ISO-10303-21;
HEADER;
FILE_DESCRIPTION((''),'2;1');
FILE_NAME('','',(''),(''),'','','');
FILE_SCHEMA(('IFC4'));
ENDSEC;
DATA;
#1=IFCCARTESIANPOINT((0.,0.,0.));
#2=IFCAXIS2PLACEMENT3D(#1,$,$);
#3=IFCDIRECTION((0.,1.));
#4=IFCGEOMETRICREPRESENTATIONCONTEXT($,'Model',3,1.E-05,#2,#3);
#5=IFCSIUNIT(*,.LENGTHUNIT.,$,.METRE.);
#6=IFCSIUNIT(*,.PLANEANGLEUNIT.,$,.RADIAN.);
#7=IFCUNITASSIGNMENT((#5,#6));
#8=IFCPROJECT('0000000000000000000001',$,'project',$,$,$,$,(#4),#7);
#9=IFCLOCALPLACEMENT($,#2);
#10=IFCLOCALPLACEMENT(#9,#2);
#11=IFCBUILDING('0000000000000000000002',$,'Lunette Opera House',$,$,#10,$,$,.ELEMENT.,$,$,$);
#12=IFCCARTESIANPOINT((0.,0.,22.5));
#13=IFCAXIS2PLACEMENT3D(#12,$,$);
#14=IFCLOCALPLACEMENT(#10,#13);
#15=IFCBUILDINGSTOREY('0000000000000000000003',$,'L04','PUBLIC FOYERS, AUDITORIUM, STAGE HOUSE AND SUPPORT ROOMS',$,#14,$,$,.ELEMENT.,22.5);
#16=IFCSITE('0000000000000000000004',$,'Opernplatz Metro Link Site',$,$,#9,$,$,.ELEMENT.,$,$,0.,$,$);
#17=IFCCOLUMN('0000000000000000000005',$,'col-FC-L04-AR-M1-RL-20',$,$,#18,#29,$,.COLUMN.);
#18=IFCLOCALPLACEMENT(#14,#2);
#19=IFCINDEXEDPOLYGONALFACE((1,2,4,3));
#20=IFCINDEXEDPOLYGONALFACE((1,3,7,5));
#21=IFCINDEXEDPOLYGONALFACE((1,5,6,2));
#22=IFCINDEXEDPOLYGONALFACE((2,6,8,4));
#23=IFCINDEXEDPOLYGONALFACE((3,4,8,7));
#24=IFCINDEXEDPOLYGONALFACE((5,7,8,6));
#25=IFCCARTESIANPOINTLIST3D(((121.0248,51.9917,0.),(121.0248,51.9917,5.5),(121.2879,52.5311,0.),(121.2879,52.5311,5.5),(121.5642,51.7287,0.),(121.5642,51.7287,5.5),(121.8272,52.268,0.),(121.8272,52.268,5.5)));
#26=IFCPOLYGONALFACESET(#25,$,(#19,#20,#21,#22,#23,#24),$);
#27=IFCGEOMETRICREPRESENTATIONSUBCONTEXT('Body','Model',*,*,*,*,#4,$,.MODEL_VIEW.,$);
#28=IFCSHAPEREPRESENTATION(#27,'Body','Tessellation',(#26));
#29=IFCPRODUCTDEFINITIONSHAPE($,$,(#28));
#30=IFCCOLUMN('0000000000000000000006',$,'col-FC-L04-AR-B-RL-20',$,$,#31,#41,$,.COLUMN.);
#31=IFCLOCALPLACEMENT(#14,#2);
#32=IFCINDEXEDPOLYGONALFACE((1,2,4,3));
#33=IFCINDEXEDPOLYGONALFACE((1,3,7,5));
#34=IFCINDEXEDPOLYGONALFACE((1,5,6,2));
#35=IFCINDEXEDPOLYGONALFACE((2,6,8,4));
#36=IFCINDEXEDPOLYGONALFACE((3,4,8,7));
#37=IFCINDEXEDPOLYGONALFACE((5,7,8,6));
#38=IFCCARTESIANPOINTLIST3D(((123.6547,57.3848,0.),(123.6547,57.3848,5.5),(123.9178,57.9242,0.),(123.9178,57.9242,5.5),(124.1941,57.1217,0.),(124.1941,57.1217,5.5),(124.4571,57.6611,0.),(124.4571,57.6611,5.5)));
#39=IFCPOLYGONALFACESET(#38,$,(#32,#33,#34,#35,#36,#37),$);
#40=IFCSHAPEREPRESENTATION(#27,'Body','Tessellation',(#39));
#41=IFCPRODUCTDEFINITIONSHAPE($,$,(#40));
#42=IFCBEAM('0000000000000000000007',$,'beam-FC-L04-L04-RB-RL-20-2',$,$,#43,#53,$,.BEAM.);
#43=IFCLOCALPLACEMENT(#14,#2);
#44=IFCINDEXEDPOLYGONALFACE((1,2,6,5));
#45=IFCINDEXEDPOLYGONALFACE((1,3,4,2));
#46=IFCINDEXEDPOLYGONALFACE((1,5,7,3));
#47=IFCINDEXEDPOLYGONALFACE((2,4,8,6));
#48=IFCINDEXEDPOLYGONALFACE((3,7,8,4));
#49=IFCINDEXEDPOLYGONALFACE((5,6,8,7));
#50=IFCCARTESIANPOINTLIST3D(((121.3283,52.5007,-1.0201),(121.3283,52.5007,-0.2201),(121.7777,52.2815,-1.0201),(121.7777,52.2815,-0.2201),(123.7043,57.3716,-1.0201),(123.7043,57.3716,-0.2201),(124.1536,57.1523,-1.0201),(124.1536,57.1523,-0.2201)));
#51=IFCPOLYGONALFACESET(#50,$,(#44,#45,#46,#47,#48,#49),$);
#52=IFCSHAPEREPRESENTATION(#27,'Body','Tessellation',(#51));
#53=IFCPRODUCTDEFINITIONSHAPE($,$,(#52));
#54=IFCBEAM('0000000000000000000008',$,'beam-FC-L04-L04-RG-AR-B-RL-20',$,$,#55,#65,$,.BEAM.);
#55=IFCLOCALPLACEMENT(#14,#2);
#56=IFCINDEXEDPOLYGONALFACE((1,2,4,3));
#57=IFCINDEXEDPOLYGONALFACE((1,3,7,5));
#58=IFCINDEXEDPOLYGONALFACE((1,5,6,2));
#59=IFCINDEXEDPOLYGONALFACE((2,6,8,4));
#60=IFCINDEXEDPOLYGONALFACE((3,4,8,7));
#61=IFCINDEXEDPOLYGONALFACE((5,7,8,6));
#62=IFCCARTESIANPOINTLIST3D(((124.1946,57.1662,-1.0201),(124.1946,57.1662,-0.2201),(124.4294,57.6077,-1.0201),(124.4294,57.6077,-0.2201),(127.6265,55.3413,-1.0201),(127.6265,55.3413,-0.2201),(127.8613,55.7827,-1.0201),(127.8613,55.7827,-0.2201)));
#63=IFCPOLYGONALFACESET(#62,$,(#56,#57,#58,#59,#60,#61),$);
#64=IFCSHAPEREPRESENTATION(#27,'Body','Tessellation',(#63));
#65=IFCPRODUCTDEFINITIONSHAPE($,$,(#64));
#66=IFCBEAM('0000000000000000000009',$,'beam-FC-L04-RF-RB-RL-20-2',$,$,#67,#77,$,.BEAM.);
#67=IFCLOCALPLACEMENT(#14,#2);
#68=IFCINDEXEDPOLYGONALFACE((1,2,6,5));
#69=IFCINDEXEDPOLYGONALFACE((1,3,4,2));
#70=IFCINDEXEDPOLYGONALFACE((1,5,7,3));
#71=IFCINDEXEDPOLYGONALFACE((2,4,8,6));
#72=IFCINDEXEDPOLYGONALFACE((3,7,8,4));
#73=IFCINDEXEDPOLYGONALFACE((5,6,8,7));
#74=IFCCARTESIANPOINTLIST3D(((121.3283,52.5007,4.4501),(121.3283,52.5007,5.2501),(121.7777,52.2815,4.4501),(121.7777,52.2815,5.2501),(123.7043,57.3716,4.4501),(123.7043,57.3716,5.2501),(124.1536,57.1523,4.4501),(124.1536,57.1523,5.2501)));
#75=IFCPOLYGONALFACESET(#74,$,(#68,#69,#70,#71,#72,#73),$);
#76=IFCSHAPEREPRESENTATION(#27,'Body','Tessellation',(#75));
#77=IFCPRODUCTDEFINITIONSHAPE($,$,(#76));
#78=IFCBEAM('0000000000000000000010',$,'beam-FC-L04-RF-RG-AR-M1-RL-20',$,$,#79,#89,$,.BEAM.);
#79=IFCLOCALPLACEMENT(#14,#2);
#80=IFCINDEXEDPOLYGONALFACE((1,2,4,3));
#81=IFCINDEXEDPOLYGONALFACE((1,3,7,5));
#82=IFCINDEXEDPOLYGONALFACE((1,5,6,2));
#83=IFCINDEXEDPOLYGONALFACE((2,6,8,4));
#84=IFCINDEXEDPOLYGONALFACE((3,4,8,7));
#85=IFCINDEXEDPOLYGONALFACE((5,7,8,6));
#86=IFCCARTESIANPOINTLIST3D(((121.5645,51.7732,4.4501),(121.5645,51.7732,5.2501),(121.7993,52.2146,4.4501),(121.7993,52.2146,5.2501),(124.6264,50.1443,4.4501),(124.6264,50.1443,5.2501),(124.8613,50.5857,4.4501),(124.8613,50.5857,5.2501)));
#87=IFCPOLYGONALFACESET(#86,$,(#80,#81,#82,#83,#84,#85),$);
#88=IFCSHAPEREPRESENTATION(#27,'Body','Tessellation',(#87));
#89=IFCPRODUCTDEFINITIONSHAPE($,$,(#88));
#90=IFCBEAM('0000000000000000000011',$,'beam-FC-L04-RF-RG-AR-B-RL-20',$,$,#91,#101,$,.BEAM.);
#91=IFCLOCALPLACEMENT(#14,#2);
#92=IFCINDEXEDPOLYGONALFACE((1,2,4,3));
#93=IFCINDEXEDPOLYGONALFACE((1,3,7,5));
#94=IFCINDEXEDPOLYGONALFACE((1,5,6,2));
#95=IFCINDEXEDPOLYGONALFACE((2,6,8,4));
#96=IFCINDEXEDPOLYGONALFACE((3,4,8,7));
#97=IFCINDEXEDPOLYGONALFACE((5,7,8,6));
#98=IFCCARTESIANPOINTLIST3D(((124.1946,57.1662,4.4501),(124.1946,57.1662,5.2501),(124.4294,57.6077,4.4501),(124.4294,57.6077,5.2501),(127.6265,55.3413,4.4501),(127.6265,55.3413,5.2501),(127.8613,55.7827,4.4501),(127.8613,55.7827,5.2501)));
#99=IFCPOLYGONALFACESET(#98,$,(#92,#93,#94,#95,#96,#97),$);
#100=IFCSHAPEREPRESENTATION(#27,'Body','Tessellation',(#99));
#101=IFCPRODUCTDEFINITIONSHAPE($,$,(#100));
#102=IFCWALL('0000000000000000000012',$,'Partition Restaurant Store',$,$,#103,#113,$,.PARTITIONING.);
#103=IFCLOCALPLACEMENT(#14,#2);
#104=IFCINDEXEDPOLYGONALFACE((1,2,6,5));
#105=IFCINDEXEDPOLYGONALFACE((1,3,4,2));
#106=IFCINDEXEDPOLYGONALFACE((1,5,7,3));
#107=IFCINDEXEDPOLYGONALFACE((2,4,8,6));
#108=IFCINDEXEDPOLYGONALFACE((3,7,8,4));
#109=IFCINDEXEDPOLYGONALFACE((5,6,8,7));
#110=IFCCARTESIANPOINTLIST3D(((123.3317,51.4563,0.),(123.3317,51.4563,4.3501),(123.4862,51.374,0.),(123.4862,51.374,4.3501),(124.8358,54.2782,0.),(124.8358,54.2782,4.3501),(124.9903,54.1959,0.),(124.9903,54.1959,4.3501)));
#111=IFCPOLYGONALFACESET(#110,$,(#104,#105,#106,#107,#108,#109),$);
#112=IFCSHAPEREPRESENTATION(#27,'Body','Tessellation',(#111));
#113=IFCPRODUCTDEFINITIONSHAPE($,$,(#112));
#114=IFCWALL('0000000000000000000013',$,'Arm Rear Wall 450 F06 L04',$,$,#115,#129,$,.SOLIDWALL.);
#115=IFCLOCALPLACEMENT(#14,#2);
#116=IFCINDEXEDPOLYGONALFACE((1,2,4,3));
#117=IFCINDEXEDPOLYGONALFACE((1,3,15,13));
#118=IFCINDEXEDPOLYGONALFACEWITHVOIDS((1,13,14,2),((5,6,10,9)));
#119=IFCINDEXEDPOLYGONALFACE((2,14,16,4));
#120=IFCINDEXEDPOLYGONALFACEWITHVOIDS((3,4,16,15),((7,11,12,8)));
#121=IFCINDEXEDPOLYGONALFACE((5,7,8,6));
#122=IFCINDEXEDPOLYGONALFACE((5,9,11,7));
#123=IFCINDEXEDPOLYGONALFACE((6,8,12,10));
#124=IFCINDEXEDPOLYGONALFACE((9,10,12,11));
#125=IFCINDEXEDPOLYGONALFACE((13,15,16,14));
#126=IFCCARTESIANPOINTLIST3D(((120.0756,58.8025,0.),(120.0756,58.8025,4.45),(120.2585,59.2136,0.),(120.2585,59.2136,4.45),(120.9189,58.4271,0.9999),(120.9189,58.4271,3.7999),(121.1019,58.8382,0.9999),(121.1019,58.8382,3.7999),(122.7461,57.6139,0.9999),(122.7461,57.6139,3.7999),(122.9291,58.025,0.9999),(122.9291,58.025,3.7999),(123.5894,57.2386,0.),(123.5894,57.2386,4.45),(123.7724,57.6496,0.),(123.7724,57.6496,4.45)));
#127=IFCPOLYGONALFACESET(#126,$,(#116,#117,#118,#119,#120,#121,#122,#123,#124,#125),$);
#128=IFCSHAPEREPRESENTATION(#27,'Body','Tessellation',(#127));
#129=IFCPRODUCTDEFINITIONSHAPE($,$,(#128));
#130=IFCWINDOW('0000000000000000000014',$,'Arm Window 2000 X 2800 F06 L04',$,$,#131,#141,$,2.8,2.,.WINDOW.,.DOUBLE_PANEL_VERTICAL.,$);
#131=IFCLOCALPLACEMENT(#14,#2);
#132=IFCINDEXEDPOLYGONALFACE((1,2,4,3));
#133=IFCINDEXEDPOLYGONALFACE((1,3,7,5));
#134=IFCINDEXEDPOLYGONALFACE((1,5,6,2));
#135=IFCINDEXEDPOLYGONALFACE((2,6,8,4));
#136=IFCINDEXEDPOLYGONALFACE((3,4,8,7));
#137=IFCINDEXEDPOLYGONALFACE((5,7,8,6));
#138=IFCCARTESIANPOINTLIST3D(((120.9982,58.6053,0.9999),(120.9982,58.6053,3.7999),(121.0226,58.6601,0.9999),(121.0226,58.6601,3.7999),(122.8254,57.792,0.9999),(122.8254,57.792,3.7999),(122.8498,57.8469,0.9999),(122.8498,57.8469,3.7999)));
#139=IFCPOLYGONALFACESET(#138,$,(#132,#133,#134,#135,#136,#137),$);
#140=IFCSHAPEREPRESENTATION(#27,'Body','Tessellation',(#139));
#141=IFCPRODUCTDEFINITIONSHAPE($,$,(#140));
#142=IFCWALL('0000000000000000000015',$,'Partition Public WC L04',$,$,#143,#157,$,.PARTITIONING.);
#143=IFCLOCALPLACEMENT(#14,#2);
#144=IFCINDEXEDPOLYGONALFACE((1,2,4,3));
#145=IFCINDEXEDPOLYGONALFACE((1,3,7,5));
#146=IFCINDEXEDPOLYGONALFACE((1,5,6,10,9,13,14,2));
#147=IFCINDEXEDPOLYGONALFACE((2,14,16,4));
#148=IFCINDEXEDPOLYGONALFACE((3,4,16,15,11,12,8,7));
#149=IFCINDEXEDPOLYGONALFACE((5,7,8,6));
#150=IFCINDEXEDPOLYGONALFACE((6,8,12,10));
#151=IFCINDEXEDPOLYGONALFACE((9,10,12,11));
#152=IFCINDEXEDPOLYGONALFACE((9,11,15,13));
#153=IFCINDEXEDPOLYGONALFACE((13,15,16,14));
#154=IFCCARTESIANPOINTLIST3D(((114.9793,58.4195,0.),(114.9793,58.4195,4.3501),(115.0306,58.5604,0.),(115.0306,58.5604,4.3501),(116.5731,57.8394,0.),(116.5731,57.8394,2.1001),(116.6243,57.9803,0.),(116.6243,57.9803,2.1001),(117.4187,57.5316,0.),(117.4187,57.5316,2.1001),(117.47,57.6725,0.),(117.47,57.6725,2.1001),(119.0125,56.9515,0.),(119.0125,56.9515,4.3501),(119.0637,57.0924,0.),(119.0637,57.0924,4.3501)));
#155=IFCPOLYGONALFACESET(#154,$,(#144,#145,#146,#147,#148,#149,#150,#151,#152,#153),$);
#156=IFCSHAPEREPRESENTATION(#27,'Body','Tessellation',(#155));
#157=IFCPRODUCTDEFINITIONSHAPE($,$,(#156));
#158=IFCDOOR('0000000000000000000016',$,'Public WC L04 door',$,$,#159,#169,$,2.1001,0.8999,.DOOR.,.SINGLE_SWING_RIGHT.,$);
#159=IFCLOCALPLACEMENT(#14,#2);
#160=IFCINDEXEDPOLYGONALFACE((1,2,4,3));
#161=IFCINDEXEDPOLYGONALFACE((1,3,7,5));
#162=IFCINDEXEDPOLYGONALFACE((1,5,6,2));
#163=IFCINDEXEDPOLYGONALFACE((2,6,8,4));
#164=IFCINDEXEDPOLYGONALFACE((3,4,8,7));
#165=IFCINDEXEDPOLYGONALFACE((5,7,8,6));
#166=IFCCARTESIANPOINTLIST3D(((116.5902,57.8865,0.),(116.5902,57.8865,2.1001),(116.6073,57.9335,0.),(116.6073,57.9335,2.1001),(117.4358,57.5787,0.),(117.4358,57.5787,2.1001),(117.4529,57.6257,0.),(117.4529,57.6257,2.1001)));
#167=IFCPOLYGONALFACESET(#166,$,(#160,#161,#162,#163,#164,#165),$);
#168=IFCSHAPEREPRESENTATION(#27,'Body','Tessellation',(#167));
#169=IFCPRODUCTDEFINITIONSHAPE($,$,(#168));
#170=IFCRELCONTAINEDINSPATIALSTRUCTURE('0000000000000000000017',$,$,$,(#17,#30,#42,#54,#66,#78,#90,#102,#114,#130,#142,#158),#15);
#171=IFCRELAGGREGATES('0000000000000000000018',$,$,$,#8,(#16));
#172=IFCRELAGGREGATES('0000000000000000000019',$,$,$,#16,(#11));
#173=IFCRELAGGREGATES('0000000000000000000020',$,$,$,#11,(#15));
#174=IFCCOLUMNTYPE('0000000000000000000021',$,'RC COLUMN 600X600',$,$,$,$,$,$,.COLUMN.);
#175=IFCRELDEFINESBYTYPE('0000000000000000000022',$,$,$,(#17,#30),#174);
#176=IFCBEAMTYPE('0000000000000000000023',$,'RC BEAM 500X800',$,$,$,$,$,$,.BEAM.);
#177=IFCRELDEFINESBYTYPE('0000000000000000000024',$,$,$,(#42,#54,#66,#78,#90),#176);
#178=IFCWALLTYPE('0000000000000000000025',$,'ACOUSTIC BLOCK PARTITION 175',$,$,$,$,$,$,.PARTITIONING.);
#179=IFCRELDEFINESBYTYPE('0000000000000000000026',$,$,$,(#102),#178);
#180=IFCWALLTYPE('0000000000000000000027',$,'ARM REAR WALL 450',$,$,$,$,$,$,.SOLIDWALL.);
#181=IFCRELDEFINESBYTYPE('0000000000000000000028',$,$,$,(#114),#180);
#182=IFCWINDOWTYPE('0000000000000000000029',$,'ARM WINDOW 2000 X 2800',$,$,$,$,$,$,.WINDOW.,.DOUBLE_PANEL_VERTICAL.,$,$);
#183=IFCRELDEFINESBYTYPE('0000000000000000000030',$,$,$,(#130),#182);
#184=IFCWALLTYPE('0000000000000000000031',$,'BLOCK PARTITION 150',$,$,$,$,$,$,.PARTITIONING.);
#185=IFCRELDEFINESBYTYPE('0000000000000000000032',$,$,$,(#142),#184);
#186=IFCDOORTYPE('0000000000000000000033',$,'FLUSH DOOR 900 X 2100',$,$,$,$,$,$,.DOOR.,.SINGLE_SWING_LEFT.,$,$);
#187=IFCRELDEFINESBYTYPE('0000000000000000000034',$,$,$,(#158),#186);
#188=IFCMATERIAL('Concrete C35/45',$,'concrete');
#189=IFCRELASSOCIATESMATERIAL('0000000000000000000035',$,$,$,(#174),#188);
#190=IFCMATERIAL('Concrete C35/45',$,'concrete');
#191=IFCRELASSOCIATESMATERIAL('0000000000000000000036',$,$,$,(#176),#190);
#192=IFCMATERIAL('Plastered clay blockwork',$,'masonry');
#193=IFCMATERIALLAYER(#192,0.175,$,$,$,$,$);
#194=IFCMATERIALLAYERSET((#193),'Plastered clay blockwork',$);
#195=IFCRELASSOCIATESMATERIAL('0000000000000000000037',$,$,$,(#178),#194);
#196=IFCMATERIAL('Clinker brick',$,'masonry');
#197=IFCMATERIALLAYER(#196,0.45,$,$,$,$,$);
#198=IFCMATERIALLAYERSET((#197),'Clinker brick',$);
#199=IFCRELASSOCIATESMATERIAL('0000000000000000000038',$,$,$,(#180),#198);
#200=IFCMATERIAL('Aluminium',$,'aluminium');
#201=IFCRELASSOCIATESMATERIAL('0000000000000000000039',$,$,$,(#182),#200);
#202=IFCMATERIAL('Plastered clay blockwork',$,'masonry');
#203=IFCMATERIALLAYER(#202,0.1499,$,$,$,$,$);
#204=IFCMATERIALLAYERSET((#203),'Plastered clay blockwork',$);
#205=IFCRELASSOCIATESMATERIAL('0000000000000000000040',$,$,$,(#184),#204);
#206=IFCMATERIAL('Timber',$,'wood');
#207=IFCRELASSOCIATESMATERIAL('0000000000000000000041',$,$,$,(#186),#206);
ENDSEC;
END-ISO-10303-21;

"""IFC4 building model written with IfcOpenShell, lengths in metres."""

from ifc_helpers import new_model, si_unit, direction, frame, frame_2d, origin, origin_2d, place, context, subcontext, project, spatial, rectangle, extrude, material, layer, layer_set, material_profile, profile_set, type_object, element, fill, save


model = new_model("IFC4")

# Units and contexts
model_context = context("Model", 3, precision=1e-05, world=origin(), true_north=direction((0.0, 1.0)))
body_context = subcontext(model_context, "Body", "Model", "MODEL_VIEW")
ifc_project = project(units=[si_unit("LENGTHUNIT", "METRE"), si_unit("PLANEANGLEUNIT", "RADIAN")], contexts=[model_context])

# Site, building, storey
site_placement = place(None, origin())
site = spatial("IfcSite", under=ifc_project, at=site_placement, Name="Opernplatz Metro Link Site", CompositionType="ELEMENT", RefElevation=0.0)
building_placement = place(site_placement, origin())
building = spatial("IfcBuilding", under=site, at=building_placement, Name="Lunette Opera House", CompositionType="ELEMENT")
storey_placement = place(building_placement, frame((0.0, 0.0, 22.5)))
storey = spatial("IfcBuildingStorey", under=building, at=storey_placement, Name="L04", Description="PUBLIC FOYERS, AUDITORIUM, STAGE HOUSE AND SUPPORT ROOMS", CompositionType="ELEMENT", Elevation=22.5)

# Columns
ifc_material_1 = material(Name="Concrete C35/45", Category="concrete")
ifc_material_profile_1 = material_profile(ifc_material_1, rectangle(XDim=0.6001, YDim=0.6001, at=origin_2d()), Name="RC COLUMN 600X600")
ifc_profile_set_1 = profile_set([ifc_material_profile_1], Name="Concrete C35/45")
column_type = type_object("IfcColumnType", Name="RC COLUMN 600X600", PredefinedType="COLUMN", material=ifc_profile_set_1)
for number, where, z_axis, x_axis, name in (
    (1, (121.426, 52.1299, 0.0), (0.0, 0.0, 1.0), (0.898794, -0.438371, 0.0), "col-FC-L04-AR-M1-RL-20"),
    (2, (124.0559, 57.5229, 0.0), (0.0, 0.0, 1.0), (0.898794, -0.438371, 0.0), "col-FC-L04-AR-B-RL-20"),
):
    element("IfcColumn", number, at=place(storey_placement, frame(where, z_axis=z_axis, x_axis=x_axis)), inside=storey, type_object=column_type, Name=name, PredefinedType="COLUMN", context=body_context, shape_type="SweptSolid", body=[
        extrude(rectangle(XDim=0.6001, YDim=0.6001, at=origin_2d()), origin(), (0.0, 0.0, 1.0), 5.5),
    ])

# Beams
ifc_material_2 = material(Name="Concrete C35/45", Category="concrete")
ifc_material_profile_2 = material_profile(ifc_material_2, rectangle(XDim=0.5, YDim=0.8, at=origin_2d()), Name="RC BEAM 500X800")
ifc_profile_set_2 = profile_set([ifc_material_profile_2], Name="Concrete C35/45")
beam_type = type_object("IfcBeamType", Name="RC BEAM 500X800", PredefinedType="BEAM", material=ifc_profile_set_2)
beam_1_placement = place(storey_placement, frame((121.553, 52.3911, -0.6201), z_axis=(0.438417, 0.898772, 0.0), x_axis=(-0.898772, 0.438417, 0.0)))
element("IfcBeam", 3, at=beam_1_placement, inside=storey, type_object=beam_type, Name="beam-FC-L04-L04-RB-RL-20-2", PredefinedType="BEAM", context=body_context, shape_type="SweptSolid", body=[
    extrude(rectangle(XDim=0.5, YDim=0.8, at=origin_2d()), origin(), (0.0, 0.0, 1.0), 5.4194),
])
beam_2_placement = place(storey_placement, frame((124.312, 57.387, -0.6201), z_axis=(0.882928, -0.469509, 0.0), x_axis=(0.469509, 0.882928, 0.0)))
element("IfcBeam", 4, at=beam_2_placement, inside=storey, type_object=beam_type, Name="beam-FC-L04-L04-RG-AR-B-RL-20", PredefinedType="BEAM", context=body_context, shape_type="SweptSolid", body=[
    extrude(rectangle(XDim=0.5, YDim=0.8, at=origin_2d()), origin(), (0.0, 0.0, 1.0), 3.887),
])
beam_3_placement = place(storey_placement, frame((121.553, 52.3911, 4.8501), z_axis=(0.438417, 0.898772, 0.0), x_axis=(-0.898772, 0.438417, 0.0)))
element("IfcBeam", 5, at=beam_3_placement, inside=storey, type_object=beam_type, Name="beam-FC-L04-RF-RB-RL-20-2", PredefinedType="BEAM", context=body_context, shape_type="SweptSolid", body=[
    extrude(rectangle(XDim=0.5, YDim=0.8, at=origin_2d()), origin(), (0.0, 0.0, 1.0), 5.4194),
])
beam_4_placement = place(storey_placement, frame((121.6819, 51.9939, 4.8501), z_axis=(0.882851, -0.469653, 0.0), x_axis=(0.469653, 0.882851, 0.0)))
element("IfcBeam", 6, at=beam_4_placement, inside=storey, type_object=beam_type, Name="beam-FC-L04-RF-RG-AR-M1-RL-20", PredefinedType="BEAM", context=body_context, shape_type="SweptSolid", body=[
    extrude(rectangle(XDim=0.5, YDim=0.8, at=origin_2d()), origin(), (0.0, 0.0, 1.0), 3.4683),
])
beam_5_placement = place(storey_placement, frame((124.312, 57.387, 4.8501), z_axis=(0.882928, -0.469509, 0.0), x_axis=(0.469509, 0.882928, 0.0)))
element("IfcBeam", 7, at=beam_5_placement, inside=storey, type_object=beam_type, Name="beam-FC-L04-RF-RG-AR-B-RL-20", PredefinedType="BEAM", context=body_context, shape_type="SweptSolid", body=[
    extrude(rectangle(XDim=0.5, YDim=0.8, at=origin_2d()), origin(), (0.0, 0.0, 1.0), 3.887),
])

# Wall
ifc_material_3 = material(Name="Plastered clay blockwork", Category="masonry")
ifc_layer_1 = layer(ifc_material_3, 0.175)
ifc_layer_set_1 = layer_set([ifc_layer_1], Name="Plastered clay blockwork")
wall_type_1 = type_object("IfcWallType", Name="ACOUSTIC BLOCK PARTITION 175", PredefinedType="PARTITIONING", material=ifc_layer_set_1)
wall_1_placement = place(storey_placement, frame((124.9131, 54.2371, 0.0), z_axis=(0.0, 0.0, 1.0), x_axis=(-0.470362, -0.882473, 0.0)))
element("IfcWall", 8, at=wall_1_placement, inside=storey, type_object=wall_type_1, Name="Partition Restaurant Store", PredefinedType="PARTITIONING", context=body_context, shape_type="SweptSolid", body=[
    extrude(rectangle(XDim=3.1978, YDim=0.175, at=frame_2d((1.5989, 0.0))), origin(), (0.0, 0.0, 1.0), 4.3501),
])

# Wall, opening, window
ifc_material_4 = material(Name="Clinker brick", Category="masonry")
ifc_layer_2 = layer(ifc_material_4, 0.45)
ifc_layer_set_2 = layer_set([ifc_layer_2], Name="Clinker brick")
wall_type_2 = type_object("IfcWallType", Name="ARM REAR WALL 450", PredefinedType="SOLIDWALL", material=ifc_layer_set_2)
wall_2_placement = place(storey_placement, frame((123.6809, 57.4441, 0.0), z_axis=(0.0, 0.0, 1.0), x_axis=(-0.913597, 0.406621, 0.0)))
wall_2 = element("IfcWall", 9, at=wall_2_placement, inside=storey, type_object=wall_type_2, Name="Arm Rear Wall 450 F06 L04", PredefinedType="SOLIDWALL", context=body_context, shape_type="SweptSolid", body=[
    extrude(rectangle(XDim=3.8462, YDim=0.45, at=frame_2d((1.9231, 0.0))), origin(), (0.0, 0.0, 1.0), 4.45),
])
opening_1_placement = place(wall_2_placement, frame((0.9231, 0.0, 1.0)))
opening_1 = element("IfcOpeningElement", 10, at=opening_1_placement, cuts=wall_2, PredefinedType="OPENING", context=body_context, shape_type="SweptSolid", body=[
    extrude(rectangle(XDim=2.0, YDim=2.8, at=frame_2d((1.0, 1.3999))), frame((0.0, 0.2371, 0.0), z_axis=(0.0, -1.0, 0.0), x_axis=(1.0, 0.0, 0.0)), (0.0, 0.0, 1.0), 0.4739),
])
ifc_material_5 = material(Name="Aluminium", Category="aluminium")
window_type = type_object("IfcWindowType", Name="ARM WINDOW 2000 X 2800", PartitioningType="DOUBLE_PANEL_VERTICAL", PredefinedType="WINDOW", material=ifc_material_5)
window_placement = place(opening_1_placement, origin())
window = element("IfcWindow", 11, at=window_placement, inside=storey, type_object=window_type, Name="Arm Window 2000 X 2800 F06 L04", OverallHeight=2.8, OverallWidth=2.0, PartitioningType="DOUBLE_PANEL_VERTICAL", PredefinedType="WINDOW", context=body_context, shape_type="SweptSolid", body=[
    extrude(rectangle(XDim=2.0, YDim=2.8, at=frame_2d((1.0, 1.3999))), frame((0.0, 0.03, 0.0), z_axis=(0.0, -1.0, 0.0), x_axis=(1.0, 0.0, 0.0)), (0.0, 0.0, 1.0), 0.0601),
])
fill(opening_1, window)

# Wall, opening, door
ifc_material_6 = material(Name="Plastered clay blockwork", Category="masonry")
ifc_layer_3 = layer(ifc_material_6, 0.1499)
ifc_layer_set_3 = layer_set([ifc_layer_3], Name="Plastered clay blockwork")
wall_type_3 = type_object("IfcWallType", Name="BLOCK PARTITION 150", PredefinedType="PARTITIONING", material=ifc_layer_set_3)
wall_3_placement = place(storey_placement, frame((119.0381, 57.022, 0.0), z_axis=(0.0, 0.0, 1.0), x_axis=(-0.939689, 0.342031, 0.0)))
wall_3 = element("IfcWall", 12, at=wall_3_placement, inside=storey, type_object=wall_type_3, Name="Partition Public WC L04", PredefinedType="PARTITIONING", context=body_context, shape_type="SweptSolid", body=[
    extrude(rectangle(XDim=4.292, YDim=0.1499, at=frame_2d((2.146, 0.0))), origin(), (0.0, 0.0, 1.0), 4.3501),
])
opening_2_placement = place(wall_3_placement, frame((1.696, 0.0, 0.0)))
opening_2 = element("IfcOpeningElement", 13, at=opening_2_placement, cuts=wall_3, PredefinedType="OPENING", context=body_context, shape_type="SweptSolid", body=[
    extrude(rectangle(XDim=0.8999, YDim=2.1001, at=frame_2d((0.45, 1.05))), frame((0.0, 0.0869, 0.0), z_axis=(0.0, -1.0, 0.0), x_axis=(1.0, 0.0, 0.0)), (0.0, 0.0, 1.0), 0.1738),
])
ifc_material_7 = material(Name="Timber", Category="wood")
door_type = type_object("IfcDoorType", Name="FLUSH DOOR 900 X 2100", OperationType="SINGLE_SWING_LEFT", PredefinedType="DOOR", material=ifc_material_7)
door_1_placement = place(opening_2_placement, origin())
door_1 = element("IfcDoor", 14, at=door_1_placement, inside=storey, type_object=door_type, Name="Public WC L04 door", OperationType="SINGLE_SWING_RIGHT", OverallHeight=2.1001, OverallWidth=0.8999, PredefinedType="DOOR", context=body_context, shape_type="SweptSolid", body=[
    extrude(rectangle(XDim=0.8999, YDim=2.1001, at=frame_2d((0.45, 1.05))), frame((0.0, 0.0249, 0.0), z_axis=(0.0, -1.0, 0.0), x_axis=(1.0, 0.0, 0.0)), (0.0, 0.0, 1.0), 0.05),
])
fill(opening_2, door_1)

save(model, "model.ifc")
